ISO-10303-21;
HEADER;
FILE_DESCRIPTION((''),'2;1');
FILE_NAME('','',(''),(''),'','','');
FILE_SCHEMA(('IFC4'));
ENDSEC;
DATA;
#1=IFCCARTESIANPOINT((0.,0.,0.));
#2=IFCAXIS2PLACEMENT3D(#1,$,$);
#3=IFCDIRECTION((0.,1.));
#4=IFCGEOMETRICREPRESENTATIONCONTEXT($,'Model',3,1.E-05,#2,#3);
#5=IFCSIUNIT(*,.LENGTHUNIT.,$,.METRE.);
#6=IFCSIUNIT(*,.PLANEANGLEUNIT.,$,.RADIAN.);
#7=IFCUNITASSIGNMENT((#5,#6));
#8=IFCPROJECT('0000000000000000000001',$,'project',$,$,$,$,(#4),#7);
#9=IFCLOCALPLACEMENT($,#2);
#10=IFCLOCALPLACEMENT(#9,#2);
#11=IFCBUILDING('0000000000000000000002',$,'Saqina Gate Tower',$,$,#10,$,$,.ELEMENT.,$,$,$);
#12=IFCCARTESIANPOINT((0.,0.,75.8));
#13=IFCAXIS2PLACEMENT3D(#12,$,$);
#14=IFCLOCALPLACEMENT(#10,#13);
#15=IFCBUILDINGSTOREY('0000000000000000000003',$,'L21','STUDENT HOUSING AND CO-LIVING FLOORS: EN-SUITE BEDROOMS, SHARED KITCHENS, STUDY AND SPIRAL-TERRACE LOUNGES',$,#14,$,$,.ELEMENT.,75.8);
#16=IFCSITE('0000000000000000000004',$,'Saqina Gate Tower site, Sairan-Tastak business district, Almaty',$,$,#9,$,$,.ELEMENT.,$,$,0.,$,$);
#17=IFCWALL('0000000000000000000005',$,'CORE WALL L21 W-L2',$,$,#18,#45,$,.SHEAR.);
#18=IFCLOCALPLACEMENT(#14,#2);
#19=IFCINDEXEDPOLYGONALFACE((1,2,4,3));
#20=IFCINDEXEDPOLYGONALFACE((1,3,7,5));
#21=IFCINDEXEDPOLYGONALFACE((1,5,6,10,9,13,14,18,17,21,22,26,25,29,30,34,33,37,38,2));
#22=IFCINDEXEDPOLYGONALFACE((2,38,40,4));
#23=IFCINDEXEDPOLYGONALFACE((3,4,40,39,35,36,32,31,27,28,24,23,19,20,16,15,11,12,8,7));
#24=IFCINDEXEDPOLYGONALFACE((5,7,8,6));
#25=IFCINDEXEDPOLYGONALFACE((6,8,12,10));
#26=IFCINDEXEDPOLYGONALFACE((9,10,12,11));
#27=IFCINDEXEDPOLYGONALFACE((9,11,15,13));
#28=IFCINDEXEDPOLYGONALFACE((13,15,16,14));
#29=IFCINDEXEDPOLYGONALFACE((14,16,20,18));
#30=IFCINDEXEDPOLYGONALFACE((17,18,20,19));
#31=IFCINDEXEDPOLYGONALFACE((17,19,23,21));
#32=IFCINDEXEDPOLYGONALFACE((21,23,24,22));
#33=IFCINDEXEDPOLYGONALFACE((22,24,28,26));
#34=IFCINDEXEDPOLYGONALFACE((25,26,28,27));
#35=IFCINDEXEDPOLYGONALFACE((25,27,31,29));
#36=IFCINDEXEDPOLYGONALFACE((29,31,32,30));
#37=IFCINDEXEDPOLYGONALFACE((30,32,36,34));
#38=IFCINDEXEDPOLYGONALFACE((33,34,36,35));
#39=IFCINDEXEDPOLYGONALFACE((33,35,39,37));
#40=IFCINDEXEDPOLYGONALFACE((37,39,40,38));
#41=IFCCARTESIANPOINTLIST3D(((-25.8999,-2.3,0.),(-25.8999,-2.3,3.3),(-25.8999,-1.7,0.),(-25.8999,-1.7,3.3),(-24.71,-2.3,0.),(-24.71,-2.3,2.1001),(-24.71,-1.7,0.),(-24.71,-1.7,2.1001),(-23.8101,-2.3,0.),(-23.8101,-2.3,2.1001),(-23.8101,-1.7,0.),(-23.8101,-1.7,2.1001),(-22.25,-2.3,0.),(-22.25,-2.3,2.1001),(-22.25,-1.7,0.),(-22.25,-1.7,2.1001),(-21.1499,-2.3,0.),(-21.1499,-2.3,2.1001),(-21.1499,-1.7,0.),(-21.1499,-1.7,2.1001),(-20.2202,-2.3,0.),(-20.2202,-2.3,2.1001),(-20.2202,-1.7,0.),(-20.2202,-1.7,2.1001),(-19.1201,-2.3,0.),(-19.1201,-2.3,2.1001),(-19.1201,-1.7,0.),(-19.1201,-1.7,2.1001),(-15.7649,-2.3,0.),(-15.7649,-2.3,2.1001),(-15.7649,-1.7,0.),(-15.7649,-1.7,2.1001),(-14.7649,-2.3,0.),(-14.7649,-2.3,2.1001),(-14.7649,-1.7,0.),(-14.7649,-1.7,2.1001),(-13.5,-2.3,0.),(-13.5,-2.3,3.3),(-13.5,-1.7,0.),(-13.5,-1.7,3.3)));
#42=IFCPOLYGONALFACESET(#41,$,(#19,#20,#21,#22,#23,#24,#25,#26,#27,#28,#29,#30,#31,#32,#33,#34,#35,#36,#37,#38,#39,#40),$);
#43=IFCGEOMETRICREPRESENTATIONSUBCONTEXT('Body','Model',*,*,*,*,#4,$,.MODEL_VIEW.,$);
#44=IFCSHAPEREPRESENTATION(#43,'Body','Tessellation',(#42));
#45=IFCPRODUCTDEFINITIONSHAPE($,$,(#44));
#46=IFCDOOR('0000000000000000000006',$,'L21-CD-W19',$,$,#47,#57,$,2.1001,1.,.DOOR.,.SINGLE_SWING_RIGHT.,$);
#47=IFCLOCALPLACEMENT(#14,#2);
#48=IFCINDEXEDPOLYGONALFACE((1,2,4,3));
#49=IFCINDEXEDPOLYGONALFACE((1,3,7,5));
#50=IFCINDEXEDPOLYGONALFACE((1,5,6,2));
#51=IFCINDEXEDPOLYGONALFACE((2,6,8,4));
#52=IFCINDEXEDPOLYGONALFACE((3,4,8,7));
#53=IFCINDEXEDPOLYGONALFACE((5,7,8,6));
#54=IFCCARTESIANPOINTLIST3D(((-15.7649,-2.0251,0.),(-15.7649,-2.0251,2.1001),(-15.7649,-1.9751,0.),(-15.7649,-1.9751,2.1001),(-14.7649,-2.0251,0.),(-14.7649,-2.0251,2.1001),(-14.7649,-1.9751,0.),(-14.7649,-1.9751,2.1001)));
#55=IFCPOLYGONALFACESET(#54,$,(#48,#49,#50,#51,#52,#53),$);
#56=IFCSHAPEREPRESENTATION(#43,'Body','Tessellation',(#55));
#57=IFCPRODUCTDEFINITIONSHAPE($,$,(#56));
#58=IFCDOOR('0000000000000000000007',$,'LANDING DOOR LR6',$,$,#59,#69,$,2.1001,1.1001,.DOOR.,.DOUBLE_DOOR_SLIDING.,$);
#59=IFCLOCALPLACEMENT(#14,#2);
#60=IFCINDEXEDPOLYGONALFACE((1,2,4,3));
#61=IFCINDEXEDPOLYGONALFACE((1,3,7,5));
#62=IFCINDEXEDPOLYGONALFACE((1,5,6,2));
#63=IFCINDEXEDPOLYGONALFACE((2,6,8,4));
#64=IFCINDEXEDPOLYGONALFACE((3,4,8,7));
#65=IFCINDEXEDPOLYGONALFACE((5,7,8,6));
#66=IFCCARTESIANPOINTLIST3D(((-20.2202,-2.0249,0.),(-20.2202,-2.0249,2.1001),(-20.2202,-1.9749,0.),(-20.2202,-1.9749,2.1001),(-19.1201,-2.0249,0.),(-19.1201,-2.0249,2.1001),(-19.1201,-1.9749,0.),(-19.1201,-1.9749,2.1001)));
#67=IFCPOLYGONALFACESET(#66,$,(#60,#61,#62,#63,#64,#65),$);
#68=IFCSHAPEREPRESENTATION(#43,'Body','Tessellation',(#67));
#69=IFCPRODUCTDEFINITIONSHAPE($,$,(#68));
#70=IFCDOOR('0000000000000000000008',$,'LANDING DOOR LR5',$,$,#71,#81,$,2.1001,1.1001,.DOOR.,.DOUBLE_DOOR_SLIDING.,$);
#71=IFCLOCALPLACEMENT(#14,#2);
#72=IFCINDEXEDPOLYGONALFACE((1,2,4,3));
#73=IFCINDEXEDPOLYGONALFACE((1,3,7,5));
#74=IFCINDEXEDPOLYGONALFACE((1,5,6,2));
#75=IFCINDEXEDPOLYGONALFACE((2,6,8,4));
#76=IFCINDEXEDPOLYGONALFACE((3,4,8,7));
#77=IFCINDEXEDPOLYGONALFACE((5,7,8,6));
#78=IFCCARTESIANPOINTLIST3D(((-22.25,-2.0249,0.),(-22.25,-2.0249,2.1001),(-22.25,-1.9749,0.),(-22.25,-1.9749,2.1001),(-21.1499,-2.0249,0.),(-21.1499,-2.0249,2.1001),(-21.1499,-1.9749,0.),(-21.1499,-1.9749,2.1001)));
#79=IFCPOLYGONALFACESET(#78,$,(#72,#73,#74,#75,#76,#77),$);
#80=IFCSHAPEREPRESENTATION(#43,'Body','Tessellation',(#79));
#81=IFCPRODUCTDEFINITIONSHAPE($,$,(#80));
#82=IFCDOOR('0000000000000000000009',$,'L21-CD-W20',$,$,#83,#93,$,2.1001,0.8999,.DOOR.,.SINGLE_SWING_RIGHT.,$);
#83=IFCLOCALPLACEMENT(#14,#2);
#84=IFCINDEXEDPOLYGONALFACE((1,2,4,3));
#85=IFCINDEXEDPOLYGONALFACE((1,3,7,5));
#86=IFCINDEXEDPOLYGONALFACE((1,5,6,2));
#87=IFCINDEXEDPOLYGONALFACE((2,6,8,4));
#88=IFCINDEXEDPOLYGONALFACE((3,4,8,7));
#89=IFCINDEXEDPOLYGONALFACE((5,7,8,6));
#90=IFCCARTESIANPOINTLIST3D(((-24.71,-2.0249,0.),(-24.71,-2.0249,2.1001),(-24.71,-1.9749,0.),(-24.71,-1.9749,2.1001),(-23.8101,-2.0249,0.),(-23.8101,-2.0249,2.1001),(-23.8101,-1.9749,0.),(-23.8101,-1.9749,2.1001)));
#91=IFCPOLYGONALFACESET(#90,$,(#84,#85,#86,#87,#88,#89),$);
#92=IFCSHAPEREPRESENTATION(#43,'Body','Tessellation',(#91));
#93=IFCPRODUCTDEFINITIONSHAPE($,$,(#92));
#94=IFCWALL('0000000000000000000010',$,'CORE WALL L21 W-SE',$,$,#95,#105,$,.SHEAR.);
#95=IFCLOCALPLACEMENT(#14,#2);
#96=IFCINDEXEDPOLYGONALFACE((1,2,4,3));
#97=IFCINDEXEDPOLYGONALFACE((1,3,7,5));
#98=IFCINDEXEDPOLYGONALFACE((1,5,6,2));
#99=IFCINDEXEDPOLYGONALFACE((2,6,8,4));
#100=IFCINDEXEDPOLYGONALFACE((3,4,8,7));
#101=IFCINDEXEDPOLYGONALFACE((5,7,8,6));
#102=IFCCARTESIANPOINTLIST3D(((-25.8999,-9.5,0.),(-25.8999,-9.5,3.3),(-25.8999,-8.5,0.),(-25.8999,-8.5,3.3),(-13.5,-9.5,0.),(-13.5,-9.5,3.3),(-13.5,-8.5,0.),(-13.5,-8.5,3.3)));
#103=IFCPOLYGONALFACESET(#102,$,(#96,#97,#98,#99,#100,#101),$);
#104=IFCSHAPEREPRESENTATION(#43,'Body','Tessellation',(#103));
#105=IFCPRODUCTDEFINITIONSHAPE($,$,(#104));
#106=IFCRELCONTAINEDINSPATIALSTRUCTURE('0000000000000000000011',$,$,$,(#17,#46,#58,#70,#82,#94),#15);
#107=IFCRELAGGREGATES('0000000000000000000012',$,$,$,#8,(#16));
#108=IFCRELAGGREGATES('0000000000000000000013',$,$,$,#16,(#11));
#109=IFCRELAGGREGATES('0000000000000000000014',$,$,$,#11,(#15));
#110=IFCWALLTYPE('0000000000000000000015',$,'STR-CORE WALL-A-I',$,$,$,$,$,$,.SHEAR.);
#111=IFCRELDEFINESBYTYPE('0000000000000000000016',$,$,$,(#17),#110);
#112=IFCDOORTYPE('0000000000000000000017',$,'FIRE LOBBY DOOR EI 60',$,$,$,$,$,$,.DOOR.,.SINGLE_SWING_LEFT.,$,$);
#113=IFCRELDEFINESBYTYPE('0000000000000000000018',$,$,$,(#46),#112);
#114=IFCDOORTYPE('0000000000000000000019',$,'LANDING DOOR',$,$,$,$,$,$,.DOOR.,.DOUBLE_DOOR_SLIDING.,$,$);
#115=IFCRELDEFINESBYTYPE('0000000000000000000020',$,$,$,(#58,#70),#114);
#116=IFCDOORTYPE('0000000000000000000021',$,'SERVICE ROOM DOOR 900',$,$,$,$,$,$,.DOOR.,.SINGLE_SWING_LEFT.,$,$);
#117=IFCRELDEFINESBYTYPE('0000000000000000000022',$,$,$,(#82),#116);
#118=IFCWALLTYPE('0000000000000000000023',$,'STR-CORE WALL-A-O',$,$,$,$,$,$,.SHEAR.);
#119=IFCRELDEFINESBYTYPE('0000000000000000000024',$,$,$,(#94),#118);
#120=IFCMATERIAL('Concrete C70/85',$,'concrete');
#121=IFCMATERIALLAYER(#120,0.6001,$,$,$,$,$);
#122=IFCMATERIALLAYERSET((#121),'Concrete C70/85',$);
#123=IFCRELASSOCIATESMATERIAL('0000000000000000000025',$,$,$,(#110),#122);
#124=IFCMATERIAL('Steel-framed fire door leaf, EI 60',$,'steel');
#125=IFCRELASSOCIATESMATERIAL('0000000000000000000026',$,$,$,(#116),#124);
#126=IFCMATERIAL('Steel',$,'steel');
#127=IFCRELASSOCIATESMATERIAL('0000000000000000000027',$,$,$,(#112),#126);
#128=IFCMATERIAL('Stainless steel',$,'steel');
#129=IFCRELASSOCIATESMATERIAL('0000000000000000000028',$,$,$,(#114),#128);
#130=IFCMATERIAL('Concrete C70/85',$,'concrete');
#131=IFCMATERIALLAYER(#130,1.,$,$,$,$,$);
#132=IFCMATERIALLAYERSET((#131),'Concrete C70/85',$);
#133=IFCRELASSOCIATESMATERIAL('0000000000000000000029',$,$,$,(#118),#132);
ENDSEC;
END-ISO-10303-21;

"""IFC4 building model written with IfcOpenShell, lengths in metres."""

from ifc_helpers import new_model, si_unit, direction, frame, frame_2d, origin, place, context, subcontext, project, spatial, rectangle, extrude, material, layer, layer_set, type_object, element, fill, save


model = new_model("IFC4")

# Units and contexts
model_context = context("Model", 3, precision=1e-05, world=origin(), true_north=direction((0.0, 1.0)))
body_context = subcontext(model_context, "Body", "Model", "MODEL_VIEW")
ifc_project = project(units=[si_unit("LENGTHUNIT", "METRE"), si_unit("PLANEANGLEUNIT", "RADIAN")], contexts=[model_context])

# Site, building, storey
site_placement = place(None, origin())
site = spatial("IfcSite", under=ifc_project, at=site_placement, Name="Saqina Gate Tower site, Sairan-Tastak business district, Almaty", CompositionType="ELEMENT", RefElevation=0.0)
building_placement = place(site_placement, origin())
building = spatial("IfcBuilding", under=site, at=building_placement, Name="Saqina Gate Tower", CompositionType="ELEMENT")
storey_placement = place(building_placement, frame((0.0, 0.0, 75.8)))
storey = spatial("IfcBuildingStorey", under=building, at=storey_placement, Name="L21", Description="STUDENT HOUSING AND CO-LIVING FLOORS: EN-SUITE BEDROOMS, SHARED KITCHENS, STUDY AND SPIRAL-TERRACE LOUNGES", CompositionType="ELEMENT", Elevation=75.8)

# Wall, openings, doors
ifc_material_1 = material(Name="Concrete C70/85", Category="concrete")
ifc_layer_1 = layer(ifc_material_1, 0.6001)
ifc_layer_set_1 = layer_set([ifc_layer_1], Name="Concrete C70/85")
wall_type_1 = type_object("IfcWallType", Name="STR-CORE WALL-A-I", PredefinedType="SHEAR", material=ifc_layer_set_1)
ifc_material_2 = material(Name="Steel-framed fire door leaf, EI 60", Category="steel")
door_type_1 = type_object("IfcDoorType", Name="SERVICE ROOM DOOR 900", OperationType="SINGLE_SWING_LEFT", PredefinedType="DOOR", material=ifc_material_2)
wall_1_placement = place(storey_placement, frame((-13.5, -2.0, 0.0), z_axis=(0.0, 0.0, 1.0), x_axis=(-1.0, 0.0, 0.0)))
wall_1 = element("IfcWall", 1, at=wall_1_placement, inside=storey, type_object=wall_type_1, Name="CORE WALL L21 W-L2", PredefinedType="SHEAR", context=body_context, shape_type="SweptSolid", body=[
    extrude(rectangle(XDim=12.3999, YDim=0.6001, at=frame_2d((6.2, 0.0))), origin(), (0.0, 0.0, 1.0), 3.3),
])
opening_1_placement = place(wall_1_placement, frame((5.6201, 0.0, 0.0)))
opening_1 = element("IfcOpeningElement", 2, at=opening_1_placement, cuts=wall_1, PredefinedType="OPENING", context=body_context, shape_type="SweptSolid", body=[
    extrude(rectangle(XDim=1.1001, YDim=2.1001, at=frame_2d((0.55, 1.05))), frame((0.0, 0.312, 0.0), z_axis=(0.0, -1.0, 0.0), x_axis=(1.0, 0.0, 0.0)), (0.0, 0.0, 1.0), 0.624),
])
opening_2_placement = place(wall_1_placement, frame((7.6499, 0.0, 0.0)))
opening_2 = element("IfcOpeningElement", 3, at=opening_2_placement, cuts=wall_1, PredefinedType="OPENING", context=body_context, shape_type="SweptSolid", body=[
    extrude(rectangle(XDim=1.1001, YDim=2.1001, at=frame_2d((0.55, 1.05))), frame((0.0, 0.312, 0.0), z_axis=(0.0, -1.0, 0.0), x_axis=(1.0, 0.0, 0.0)), (0.0, 0.0, 1.0), 0.624),
])
opening_3_placement = place(wall_1_placement, frame((1.2649, 0.0, 0.0)))
opening_3 = element("IfcOpeningElement", 4, at=opening_3_placement, cuts=wall_1, PredefinedType="OPENING", context=body_context, shape_type="SweptSolid", body=[
    extrude(rectangle(XDim=1.0, YDim=2.1001, at=frame_2d((0.5, 1.05))), frame((0.0, 0.312, 0.0), z_axis=(0.0, -1.0, 0.0), x_axis=(1.0, 0.0, 0.0)), (0.0, 0.0, 1.0), 0.624),
])
opening_4_placement = place(wall_1_placement, frame((10.3101, 0.0, 0.0)))
opening_4 = element("IfcOpeningElement", 5, at=opening_4_placement, cuts=wall_1, PredefinedType="OPENING", context=body_context, shape_type="SweptSolid", body=[
    extrude(rectangle(XDim=0.8999, YDim=2.1001, at=frame_2d((0.45, 1.05))), frame((0.0, 0.312, 0.0), z_axis=(0.0, -1.0, 0.0), x_axis=(1.0, 0.0, 0.0)), (0.0, 0.0, 1.0), 0.624),
])
ifc_material_3 = material(Name="Steel", Category="steel")
door_type_2 = type_object("IfcDoorType", Name="FIRE LOBBY DOOR EI 60", OperationType="SINGLE_SWING_LEFT", PredefinedType="DOOR", material=ifc_material_3)
door_1_placement = place(opening_3_placement, frame((1.0, 0.0, 0.0), z_axis=(0.0, 0.0, 1.0), x_axis=(-1.0, 0.0, 0.0)))
door_1 = element("IfcDoor", 6, at=door_1_placement, inside=storey, type_object=door_type_2, Name="L21-CD-W19", OperationType="SINGLE_SWING_RIGHT", OverallHeight=2.1001, OverallWidth=1.0, PredefinedType="DOOR", context=body_context, shape_type="SweptSolid", body=[
    extrude(rectangle(XDim=1.0, YDim=2.1001, at=frame_2d((0.5, 1.05))), frame((0.0, 0.0249, 0.0), z_axis=(0.0, -1.0, 0.0), x_axis=(1.0, 0.0, 0.0)), (0.0, 0.0, 1.0), 0.05),
])
fill(opening_3, door_1)
ifc_material_4 = material(Name="Stainless steel", Category="steel")
door_type_3 = type_object("IfcDoorType", Name="LANDING DOOR", OperationType="DOUBLE_DOOR_SLIDING", PredefinedType="DOOR", material=ifc_material_4)
door_2_placement = place(opening_1_placement, origin())
door_2 = element("IfcDoor", 7, at=door_2_placement, inside=storey, type_object=door_type_3, Name="LANDING DOOR LR6", OperationType="DOUBLE_DOOR_SLIDING", OverallHeight=2.1001, OverallWidth=1.1001, PredefinedType="DOOR", context=body_context, shape_type="SweptSolid", body=[
    extrude(rectangle(XDim=1.1001, YDim=2.1001, at=frame_2d((0.55, 1.05))), frame((0.0, 0.0249, 0.0), z_axis=(0.0, -1.0, 0.0), x_axis=(1.0, 0.0, 0.0)), (0.0, 0.0, 1.0), 0.05),
])
fill(opening_1, door_2)
door_3_placement = place(opening_2_placement, origin())
door_3 = element("IfcDoor", 8, at=door_3_placement, inside=storey, type_object=door_type_3, Name="LANDING DOOR LR5", OperationType="DOUBLE_DOOR_SLIDING", OverallHeight=2.1001, OverallWidth=1.1001, PredefinedType="DOOR", context=body_context, shape_type="SweptSolid", body=[
    extrude(rectangle(XDim=1.1001, YDim=2.1001, at=frame_2d((0.55, 1.05))), frame((0.0, 0.0249, 0.0), z_axis=(0.0, -1.0, 0.0), x_axis=(1.0, 0.0, 0.0)), (0.0, 0.0, 1.0), 0.05),
])
fill(opening_2, door_3)
door_4_placement = place(opening_4_placement, origin())
door_4 = element("IfcDoor", 9, at=door_4_placement, inside=storey, type_object=door_type_1, Name="L21-CD-W20", OperationType="SINGLE_SWING_RIGHT", OverallHeight=2.1001, OverallWidth=0.8999, PredefinedType="DOOR", context=body_context, shape_type="SweptSolid", body=[
    extrude(rectangle(XDim=0.8999, YDim=2.1001, at=frame_2d((0.45, 1.05))), frame((0.0, 0.0249, 0.0), z_axis=(0.0, -1.0, 0.0), x_axis=(1.0, 0.0, 0.0)), (0.0, 0.0, 1.0), 0.05),
])
fill(opening_4, door_4)

# Wall
ifc_material_5 = material(Name="Concrete C70/85", Category="concrete")
ifc_layer_2 = layer(ifc_material_5, 1.0)
ifc_layer_set_2 = layer_set([ifc_layer_2], Name="Concrete C70/85")
wall_type_2 = type_object("IfcWallType", Name="STR-CORE WALL-A-O", PredefinedType="SHEAR", material=ifc_layer_set_2)
wall_2_placement = place(storey_placement, frame((-13.5, -9.0, 0.0), z_axis=(0.0, 0.0, 1.0), x_axis=(-1.0, 0.0, 0.0)))
element("IfcWall", 10, at=wall_2_placement, inside=storey, type_object=wall_type_2, Name="CORE WALL L21 W-SE", PredefinedType="SHEAR", context=body_context, shape_type="SweptSolid", body=[
    extrude(rectangle(XDim=12.3999, YDim=1.0, at=frame_2d((6.2, 0.0))), origin(), (0.0, 0.0, 1.0), 3.3),
])

save(model, "model.ifc")
